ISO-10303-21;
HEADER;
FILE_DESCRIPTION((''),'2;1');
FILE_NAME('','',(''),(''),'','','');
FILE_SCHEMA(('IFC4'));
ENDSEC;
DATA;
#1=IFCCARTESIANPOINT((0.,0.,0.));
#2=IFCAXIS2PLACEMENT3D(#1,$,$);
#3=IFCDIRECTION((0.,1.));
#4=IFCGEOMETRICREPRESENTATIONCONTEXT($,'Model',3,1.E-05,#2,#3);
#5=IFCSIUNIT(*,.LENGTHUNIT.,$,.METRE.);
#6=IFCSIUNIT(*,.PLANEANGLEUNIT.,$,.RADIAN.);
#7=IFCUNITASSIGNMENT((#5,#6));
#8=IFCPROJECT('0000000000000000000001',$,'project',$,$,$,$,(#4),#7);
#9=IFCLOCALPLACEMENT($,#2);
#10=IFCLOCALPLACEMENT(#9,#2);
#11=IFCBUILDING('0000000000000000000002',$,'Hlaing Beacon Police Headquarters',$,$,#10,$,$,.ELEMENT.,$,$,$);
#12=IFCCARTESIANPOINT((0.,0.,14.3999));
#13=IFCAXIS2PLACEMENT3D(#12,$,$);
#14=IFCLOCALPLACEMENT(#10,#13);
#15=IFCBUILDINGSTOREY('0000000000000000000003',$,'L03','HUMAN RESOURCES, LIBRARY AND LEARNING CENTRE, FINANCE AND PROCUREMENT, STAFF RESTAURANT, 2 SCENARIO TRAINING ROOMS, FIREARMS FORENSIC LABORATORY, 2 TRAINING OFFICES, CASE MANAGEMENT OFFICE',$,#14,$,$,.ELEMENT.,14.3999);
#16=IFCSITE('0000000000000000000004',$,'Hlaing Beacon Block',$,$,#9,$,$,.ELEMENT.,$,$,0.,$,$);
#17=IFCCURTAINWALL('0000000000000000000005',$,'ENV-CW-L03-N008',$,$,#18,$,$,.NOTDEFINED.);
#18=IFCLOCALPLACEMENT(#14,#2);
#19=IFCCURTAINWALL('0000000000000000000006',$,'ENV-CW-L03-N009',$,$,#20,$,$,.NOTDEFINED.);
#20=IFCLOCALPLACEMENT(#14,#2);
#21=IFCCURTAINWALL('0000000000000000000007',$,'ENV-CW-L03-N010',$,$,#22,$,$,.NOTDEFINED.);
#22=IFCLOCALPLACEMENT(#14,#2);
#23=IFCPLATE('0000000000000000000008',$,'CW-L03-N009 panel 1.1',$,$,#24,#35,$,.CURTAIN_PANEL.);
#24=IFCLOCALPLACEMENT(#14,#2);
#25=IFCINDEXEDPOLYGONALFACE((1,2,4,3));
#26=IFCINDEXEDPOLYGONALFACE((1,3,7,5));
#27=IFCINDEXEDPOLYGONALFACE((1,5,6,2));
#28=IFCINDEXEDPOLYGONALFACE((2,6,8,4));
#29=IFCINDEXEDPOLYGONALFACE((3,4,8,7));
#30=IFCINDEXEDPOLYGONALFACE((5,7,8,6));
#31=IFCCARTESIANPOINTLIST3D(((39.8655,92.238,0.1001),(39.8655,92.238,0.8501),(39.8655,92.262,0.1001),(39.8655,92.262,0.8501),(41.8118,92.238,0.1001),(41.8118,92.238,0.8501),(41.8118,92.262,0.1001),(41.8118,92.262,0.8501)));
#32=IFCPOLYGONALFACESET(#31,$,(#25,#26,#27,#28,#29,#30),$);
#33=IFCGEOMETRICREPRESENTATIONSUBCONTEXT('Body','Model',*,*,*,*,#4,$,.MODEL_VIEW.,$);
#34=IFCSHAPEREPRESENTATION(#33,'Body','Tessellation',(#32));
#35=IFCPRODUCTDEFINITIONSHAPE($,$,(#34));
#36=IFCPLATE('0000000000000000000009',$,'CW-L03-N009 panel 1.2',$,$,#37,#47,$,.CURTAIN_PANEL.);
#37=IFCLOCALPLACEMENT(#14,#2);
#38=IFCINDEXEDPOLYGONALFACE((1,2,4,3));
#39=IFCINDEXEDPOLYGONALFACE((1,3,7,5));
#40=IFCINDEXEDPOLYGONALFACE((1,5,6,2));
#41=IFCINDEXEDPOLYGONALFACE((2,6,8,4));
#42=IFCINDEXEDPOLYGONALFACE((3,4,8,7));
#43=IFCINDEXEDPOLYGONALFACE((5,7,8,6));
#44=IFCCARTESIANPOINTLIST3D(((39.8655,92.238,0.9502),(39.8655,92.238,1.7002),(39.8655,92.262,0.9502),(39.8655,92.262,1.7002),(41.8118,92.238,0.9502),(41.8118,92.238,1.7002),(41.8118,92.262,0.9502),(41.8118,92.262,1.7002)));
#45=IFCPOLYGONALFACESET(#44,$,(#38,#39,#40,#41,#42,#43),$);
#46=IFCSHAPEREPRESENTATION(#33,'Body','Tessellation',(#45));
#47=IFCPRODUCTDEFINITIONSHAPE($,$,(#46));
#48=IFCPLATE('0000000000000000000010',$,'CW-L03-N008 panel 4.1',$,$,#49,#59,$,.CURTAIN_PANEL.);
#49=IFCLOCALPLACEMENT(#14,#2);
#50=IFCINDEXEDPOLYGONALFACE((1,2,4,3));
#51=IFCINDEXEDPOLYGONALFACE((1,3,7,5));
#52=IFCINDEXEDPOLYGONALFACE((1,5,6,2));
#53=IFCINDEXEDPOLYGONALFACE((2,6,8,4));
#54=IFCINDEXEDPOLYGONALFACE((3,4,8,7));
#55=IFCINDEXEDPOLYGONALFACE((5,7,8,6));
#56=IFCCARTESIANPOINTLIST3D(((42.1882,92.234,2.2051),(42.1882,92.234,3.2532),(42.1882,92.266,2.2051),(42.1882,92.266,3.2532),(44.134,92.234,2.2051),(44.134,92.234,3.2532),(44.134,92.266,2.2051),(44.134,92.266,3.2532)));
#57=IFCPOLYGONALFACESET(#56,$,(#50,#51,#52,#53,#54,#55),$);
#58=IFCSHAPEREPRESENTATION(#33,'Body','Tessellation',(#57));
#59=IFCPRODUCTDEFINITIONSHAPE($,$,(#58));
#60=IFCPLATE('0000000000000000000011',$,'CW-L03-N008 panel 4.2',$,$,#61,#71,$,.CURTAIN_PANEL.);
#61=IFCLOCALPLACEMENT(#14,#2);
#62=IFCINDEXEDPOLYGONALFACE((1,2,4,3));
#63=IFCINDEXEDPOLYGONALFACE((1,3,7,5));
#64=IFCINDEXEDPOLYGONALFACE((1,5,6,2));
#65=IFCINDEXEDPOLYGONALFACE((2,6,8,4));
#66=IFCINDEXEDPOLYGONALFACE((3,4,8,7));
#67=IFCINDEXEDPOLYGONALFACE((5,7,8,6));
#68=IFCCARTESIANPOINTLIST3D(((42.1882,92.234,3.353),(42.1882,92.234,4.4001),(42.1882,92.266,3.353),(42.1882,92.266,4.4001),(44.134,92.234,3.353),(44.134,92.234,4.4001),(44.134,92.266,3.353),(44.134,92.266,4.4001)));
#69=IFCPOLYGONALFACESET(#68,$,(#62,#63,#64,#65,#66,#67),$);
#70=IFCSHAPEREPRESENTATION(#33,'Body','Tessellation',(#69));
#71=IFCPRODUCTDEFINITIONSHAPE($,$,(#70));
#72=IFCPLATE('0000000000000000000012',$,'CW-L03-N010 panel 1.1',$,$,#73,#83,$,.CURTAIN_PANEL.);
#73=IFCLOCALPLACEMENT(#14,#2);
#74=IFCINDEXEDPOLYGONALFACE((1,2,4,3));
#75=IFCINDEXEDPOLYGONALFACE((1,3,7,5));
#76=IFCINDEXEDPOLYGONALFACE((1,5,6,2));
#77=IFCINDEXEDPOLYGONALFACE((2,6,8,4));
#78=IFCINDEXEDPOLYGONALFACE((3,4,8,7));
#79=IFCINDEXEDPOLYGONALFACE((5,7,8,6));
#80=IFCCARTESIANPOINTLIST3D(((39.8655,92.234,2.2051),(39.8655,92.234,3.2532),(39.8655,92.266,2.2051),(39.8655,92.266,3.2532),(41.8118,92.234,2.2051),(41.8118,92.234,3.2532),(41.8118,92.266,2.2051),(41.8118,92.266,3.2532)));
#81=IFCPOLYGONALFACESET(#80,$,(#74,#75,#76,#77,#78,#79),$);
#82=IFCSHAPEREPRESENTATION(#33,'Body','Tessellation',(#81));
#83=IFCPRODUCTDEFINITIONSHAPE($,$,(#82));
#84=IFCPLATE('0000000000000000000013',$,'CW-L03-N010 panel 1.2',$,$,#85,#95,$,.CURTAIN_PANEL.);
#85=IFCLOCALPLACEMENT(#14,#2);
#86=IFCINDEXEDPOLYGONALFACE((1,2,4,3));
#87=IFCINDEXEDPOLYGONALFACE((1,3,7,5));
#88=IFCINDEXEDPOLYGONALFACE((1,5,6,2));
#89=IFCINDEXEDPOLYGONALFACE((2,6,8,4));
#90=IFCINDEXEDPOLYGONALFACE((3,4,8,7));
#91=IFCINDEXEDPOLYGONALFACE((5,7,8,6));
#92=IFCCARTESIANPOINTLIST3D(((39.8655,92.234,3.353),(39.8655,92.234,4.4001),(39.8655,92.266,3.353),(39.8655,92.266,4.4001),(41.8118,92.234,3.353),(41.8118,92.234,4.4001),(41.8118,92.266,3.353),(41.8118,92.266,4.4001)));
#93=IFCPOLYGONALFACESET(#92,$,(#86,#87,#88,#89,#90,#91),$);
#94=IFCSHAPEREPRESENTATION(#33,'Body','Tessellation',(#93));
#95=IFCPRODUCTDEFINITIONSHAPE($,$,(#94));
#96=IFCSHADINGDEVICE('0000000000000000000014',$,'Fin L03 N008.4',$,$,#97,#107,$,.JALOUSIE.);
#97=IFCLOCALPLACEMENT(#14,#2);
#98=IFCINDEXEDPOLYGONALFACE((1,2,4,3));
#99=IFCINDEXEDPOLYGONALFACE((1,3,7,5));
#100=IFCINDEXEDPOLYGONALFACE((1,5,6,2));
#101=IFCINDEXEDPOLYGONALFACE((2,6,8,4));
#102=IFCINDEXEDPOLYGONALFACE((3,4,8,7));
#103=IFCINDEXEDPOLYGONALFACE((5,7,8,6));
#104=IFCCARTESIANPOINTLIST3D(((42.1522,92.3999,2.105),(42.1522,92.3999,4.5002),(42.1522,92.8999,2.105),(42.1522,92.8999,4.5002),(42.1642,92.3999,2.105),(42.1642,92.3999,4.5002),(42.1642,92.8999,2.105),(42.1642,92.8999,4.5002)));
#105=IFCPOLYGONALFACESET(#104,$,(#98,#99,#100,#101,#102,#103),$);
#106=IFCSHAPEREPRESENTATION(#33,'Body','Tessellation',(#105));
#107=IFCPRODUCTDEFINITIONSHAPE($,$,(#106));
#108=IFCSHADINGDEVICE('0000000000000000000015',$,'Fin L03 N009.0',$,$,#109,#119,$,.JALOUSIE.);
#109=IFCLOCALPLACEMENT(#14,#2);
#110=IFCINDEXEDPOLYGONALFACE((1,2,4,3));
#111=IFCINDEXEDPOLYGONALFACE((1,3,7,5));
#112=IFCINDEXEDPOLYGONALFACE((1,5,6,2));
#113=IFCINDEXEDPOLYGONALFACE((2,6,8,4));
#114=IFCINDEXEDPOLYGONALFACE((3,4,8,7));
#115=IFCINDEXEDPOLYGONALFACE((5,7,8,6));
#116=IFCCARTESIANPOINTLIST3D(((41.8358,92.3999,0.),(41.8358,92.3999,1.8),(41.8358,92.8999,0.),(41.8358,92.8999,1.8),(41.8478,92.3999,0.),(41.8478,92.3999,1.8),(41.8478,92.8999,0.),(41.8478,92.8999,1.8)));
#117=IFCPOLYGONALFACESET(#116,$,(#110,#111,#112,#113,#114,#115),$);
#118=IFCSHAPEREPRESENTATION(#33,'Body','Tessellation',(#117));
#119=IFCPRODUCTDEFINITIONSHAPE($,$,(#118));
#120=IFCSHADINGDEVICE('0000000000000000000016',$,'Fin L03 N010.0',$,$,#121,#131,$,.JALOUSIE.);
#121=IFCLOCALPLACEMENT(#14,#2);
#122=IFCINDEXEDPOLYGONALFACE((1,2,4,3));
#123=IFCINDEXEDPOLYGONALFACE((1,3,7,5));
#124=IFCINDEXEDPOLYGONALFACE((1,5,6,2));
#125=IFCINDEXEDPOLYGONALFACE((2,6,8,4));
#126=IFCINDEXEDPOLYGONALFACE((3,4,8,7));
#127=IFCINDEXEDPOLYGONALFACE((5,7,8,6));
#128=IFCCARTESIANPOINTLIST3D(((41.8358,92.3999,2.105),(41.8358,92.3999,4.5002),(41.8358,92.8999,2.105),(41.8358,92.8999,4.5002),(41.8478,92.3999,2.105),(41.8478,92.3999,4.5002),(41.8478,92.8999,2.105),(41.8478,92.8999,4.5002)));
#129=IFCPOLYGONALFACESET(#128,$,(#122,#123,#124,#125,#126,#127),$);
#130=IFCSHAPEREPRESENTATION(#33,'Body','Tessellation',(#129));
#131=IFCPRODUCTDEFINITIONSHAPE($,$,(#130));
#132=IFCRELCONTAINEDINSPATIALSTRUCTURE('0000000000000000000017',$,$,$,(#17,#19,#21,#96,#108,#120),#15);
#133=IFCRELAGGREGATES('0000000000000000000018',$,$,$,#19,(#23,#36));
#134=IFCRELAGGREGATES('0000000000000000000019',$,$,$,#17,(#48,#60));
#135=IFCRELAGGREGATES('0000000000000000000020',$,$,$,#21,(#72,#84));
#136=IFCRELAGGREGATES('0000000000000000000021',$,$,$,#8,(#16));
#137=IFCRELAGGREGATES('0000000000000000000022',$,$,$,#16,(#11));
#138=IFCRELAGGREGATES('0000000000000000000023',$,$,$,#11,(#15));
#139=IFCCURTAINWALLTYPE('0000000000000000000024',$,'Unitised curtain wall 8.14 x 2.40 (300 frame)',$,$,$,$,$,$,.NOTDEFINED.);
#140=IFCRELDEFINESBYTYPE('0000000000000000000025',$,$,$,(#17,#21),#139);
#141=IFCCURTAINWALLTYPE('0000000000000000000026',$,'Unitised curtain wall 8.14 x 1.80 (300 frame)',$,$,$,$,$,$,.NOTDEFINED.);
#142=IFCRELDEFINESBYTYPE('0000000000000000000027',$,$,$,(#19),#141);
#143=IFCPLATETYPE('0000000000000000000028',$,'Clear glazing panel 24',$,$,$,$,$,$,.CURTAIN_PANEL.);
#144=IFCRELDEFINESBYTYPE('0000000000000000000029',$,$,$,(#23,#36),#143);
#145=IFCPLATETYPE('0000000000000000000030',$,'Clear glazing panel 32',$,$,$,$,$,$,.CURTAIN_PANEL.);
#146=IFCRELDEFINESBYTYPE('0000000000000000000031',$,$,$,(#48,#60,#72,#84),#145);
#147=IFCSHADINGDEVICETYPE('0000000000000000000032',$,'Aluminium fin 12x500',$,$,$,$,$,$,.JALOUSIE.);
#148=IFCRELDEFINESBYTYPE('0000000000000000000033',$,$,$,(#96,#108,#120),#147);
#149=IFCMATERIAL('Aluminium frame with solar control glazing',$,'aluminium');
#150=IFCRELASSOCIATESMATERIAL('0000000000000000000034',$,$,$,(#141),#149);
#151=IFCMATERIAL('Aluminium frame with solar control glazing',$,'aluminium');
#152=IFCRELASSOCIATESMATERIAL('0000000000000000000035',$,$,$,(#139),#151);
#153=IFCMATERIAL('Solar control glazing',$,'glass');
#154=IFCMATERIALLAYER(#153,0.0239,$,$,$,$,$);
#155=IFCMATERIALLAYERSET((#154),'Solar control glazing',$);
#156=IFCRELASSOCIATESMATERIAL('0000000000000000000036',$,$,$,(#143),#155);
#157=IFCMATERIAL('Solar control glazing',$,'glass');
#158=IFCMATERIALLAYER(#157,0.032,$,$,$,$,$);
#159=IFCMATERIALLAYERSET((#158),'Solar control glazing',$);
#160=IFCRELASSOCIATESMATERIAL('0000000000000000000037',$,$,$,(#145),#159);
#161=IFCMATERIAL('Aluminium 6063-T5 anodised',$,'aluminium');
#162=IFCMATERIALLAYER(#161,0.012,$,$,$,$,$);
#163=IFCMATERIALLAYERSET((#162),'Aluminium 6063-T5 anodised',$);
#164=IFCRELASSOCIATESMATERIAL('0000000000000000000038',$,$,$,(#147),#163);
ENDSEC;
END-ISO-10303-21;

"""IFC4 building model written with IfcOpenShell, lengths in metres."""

from ifc_helpers import new_model, si_unit, direction, frame, origin, origin_2d, place, context, subcontext, project, spatial, rectangle, extrude, material, layer, layer_set, type_object, element, aggregate, save


model = new_model("IFC4")

# Units and contexts
model_context = context("Model", 3, precision=1e-05, world=origin(), true_north=direction((0.0, 1.0)))
body_context = subcontext(model_context, "Body", "Model", "MODEL_VIEW")
ifc_project = project(units=[si_unit("LENGTHUNIT", "METRE"), si_unit("PLANEANGLEUNIT", "RADIAN")], contexts=[model_context])

# Site, building, storey
site_placement = place(None, origin())
site = spatial("IfcSite", under=ifc_project, at=site_placement, Name="Hlaing Beacon Block", CompositionType="ELEMENT", RefElevation=0.0)
building_placement = place(site_placement, origin())
building = spatial("IfcBuilding", under=site, at=building_placement, Name="Hlaing Beacon Police Headquarters", CompositionType="ELEMENT")
storey_placement = place(building_placement, frame((0.0, 0.0, 14.3999)))
storey = spatial("IfcBuildingStorey", under=building, at=storey_placement, Name="L03", Description="HUMAN RESOURCES, LIBRARY AND LEARNING CENTRE, FINANCE AND PROCUREMENT, STAFF RESTAURANT, 2 SCENARIO TRAINING ROOMS, FIREARMS FORENSIC LABORATORY, 2 TRAINING OFFICES, CASE MANAGEMENT OFFICE", CompositionType="ELEMENT", Elevation=14.3999)

# Curtain wall
ifc_material_1 = material(Name="Aluminium frame with solar control glazing", Category="aluminium")
curtain_wall_type_1 = type_object("IfcCurtainWallType", Name="Unitised curtain wall 8.14 x 1.80 (300 frame)", PredefinedType="NOTDEFINED", material=ifc_material_1)
ifc_material_2 = material(Name="Aluminium frame with solar control glazing", Category="aluminium")
curtain_wall_type_2 = type_object("IfcCurtainWallType", Name="Unitised curtain wall 8.14 x 2.40 (300 frame)", PredefinedType="NOTDEFINED", material=ifc_material_2)
curtain_wall_1_placement = place(storey_placement, origin())
curtain_wall_1 = element("IfcCurtainWall", 1, at=curtain_wall_1_placement, inside=storey, type_object=curtain_wall_type_2, Name="ENV-CW-L03-N008", PredefinedType="NOTDEFINED")

# Curtain walls
curtain_wall_2_placement = place(storey_placement, origin())
curtain_wall_2 = element("IfcCurtainWall", 2, at=curtain_wall_2_placement, inside=storey, type_object=curtain_wall_type_1, Name="ENV-CW-L03-N009", PredefinedType="NOTDEFINED")
curtain_wall_3_placement = place(storey_placement, origin())
curtain_wall_3 = element("IfcCurtainWall", 3, at=curtain_wall_3_placement, inside=storey, type_object=curtain_wall_type_2, Name="ENV-CW-L03-N010", PredefinedType="NOTDEFINED")

# Plates
ifc_material_3 = material(Name="Solar control glazing", Category="glass")
ifc_layer_1 = layer(ifc_material_3, 0.0239)
ifc_layer_set_1 = layer_set([ifc_layer_1], Name="Solar control glazing")
plate_type_1 = type_object("IfcPlateType", Name="Clear glazing panel 24", PredefinedType="CURTAIN_PANEL", material=ifc_layer_set_1)
plate_1_placement = place(storey_placement, frame((40.8386, 92.25, 0.1001), z_axis=(0.0, 0.0, 1.0), x_axis=(-1.0, 0.0, 0.0)))
plate_1 = element("IfcPlate", 4, at=plate_1_placement, type_object=plate_type_1, Name="CW-L03-N009 panel 1.1", PredefinedType="CURTAIN_PANEL", context=body_context, shape_type="SweptSolid", body=[
    extrude(rectangle(XDim=1.9463, YDim=0.0239, at=origin_2d()), origin(), (0.0, 0.0, 1.0), 0.75),
])
plate_2_placement = place(storey_placement, frame((40.8386, 92.25, 0.9502), z_axis=(0.0, 0.0, 1.0), x_axis=(-1.0, 0.0, 0.0)))
plate_2 = element("IfcPlate", 5, at=plate_2_placement, type_object=plate_type_1, Name="CW-L03-N009 panel 1.2", PredefinedType="CURTAIN_PANEL", context=body_context, shape_type="SweptSolid", body=[
    extrude(rectangle(XDim=1.9463, YDim=0.0239, at=origin_2d()), origin(), (0.0, 0.0, 1.0), 0.75),
])
aggregate(curtain_wall_2, [plate_1, plate_2])
ifc_material_4 = material(Name="Solar control glazing", Category="glass")
ifc_layer_2 = layer(ifc_material_4, 0.032)
ifc_layer_set_2 = layer_set([ifc_layer_2], Name="Solar control glazing")
plate_type_2 = type_object("IfcPlateType", Name="Clear glazing panel 32", PredefinedType="CURTAIN_PANEL", material=ifc_layer_set_2)
plate_3_placement = place(storey_placement, frame((43.1611, 92.25, 2.2051), z_axis=(0.0, 0.0, 1.0), x_axis=(-1.0, 0.0, 0.0)))
plate_3 = element("IfcPlate", 6, at=plate_3_placement, type_object=plate_type_2, Name="CW-L03-N008 panel 4.1", PredefinedType="CURTAIN_PANEL", context=body_context, shape_type="SweptSolid", body=[
    extrude(rectangle(XDim=1.9458, YDim=0.032, at=origin_2d()), origin(), (0.0, 0.0, 1.0), 1.0481),
])
plate_4_placement = place(storey_placement, frame((43.1611, 92.25, 3.353), z_axis=(0.0, 0.0, 1.0), x_axis=(-1.0, 0.0, 0.0)))
plate_4 = element("IfcPlate", 7, at=plate_4_placement, type_object=plate_type_2, Name="CW-L03-N008 panel 4.2", PredefinedType="CURTAIN_PANEL", context=body_context, shape_type="SweptSolid", body=[
    extrude(rectangle(XDim=1.9458, YDim=0.032, at=origin_2d()), origin(), (0.0, 0.0, 1.0), 1.0471),
])
aggregate(curtain_wall_1, [plate_3, plate_4])
plate_5_placement = place(storey_placement, frame((40.8386, 92.25, 2.2051), z_axis=(0.0, 0.0, 1.0), x_axis=(-1.0, 0.0, 0.0)))
plate_5 = element("IfcPlate", 8, at=plate_5_placement, type_object=plate_type_2, Name="CW-L03-N010 panel 1.1", PredefinedType="CURTAIN_PANEL", context=body_context, shape_type="SweptSolid", body=[
    extrude(rectangle(XDim=1.9463, YDim=0.032, at=origin_2d()), origin(), (0.0, 0.0, 1.0), 1.0481),
])
plate_6_placement = place(storey_placement, frame((40.8386, 92.25, 3.353), z_axis=(0.0, 0.0, 1.0), x_axis=(-1.0, 0.0, 0.0)))
plate_6 = element("IfcPlate", 9, at=plate_6_placement, type_object=plate_type_2, Name="CW-L03-N010 panel 1.2", PredefinedType="CURTAIN_PANEL", context=body_context, shape_type="SweptSolid", body=[
    extrude(rectangle(XDim=1.9463, YDim=0.032, at=origin_2d()), origin(), (0.0, 0.0, 1.0), 1.0471),
])
aggregate(curtain_wall_3, [plate_5, plate_6])

# Shading devices
ifc_material_5 = material(Name="Aluminium 6063-T5 anodised", Category="aluminium")
ifc_layer_3 = layer(ifc_material_5, 0.012)
ifc_layer_set_3 = layer_set([ifc_layer_3], Name="Aluminium 6063-T5 anodised")
shading_device_type = type_object("IfcShadingDeviceType", Name="Aluminium fin 12x500", PredefinedType="JALOUSIE", material=ifc_layer_set_3)
shading_device_1_placement = place(storey_placement, frame((42.1582, 92.6499, 2.105), z_axis=(0.0, 0.0, 1.0), x_axis=(-1.0, 0.0, 0.0)))
element("IfcShadingDevice", 10, at=shading_device_1_placement, inside=storey, type_object=shading_device_type, Name="Fin L03 N008.4", PredefinedType="JALOUSIE", context=body_context, shape_type="SweptSolid", body=[
    extrude(rectangle(XDim=0.012, YDim=0.5, at=origin_2d()), origin(), (0.0, 0.0, 1.0), 2.3953),
])
shading_device_2_placement = place(storey_placement, frame((41.8418, 92.6499, 0.0), z_axis=(0.0, 0.0, 1.0), x_axis=(-1.0, 0.0, 0.0)))
element("IfcShadingDevice", 11, at=shading_device_2_placement, inside=storey, type_object=shading_device_type, Name="Fin L03 N009.0", PredefinedType="JALOUSIE", context=body_context, shape_type="SweptSolid", body=[
    extrude(rectangle(XDim=0.012, YDim=0.5, at=origin_2d()), origin(), (0.0, 0.0, 1.0), 1.8),
])
shading_device_3_placement = place(storey_placement, frame((41.8418, 92.6499, 2.105), z_axis=(0.0, 0.0, 1.0), x_axis=(-1.0, 0.0, 0.0)))
element("IfcShadingDevice", 12, at=shading_device_3_placement, inside=storey, type_object=shading_device_type, Name="Fin L03 N010.0", PredefinedType="JALOUSIE", context=body_context, shape_type="SweptSolid", body=[
    extrude(rectangle(XDim=0.012, YDim=0.5, at=origin_2d()), origin(), (0.0, 0.0, 1.0), 2.3953),
])

save(model, "model.ifc")
